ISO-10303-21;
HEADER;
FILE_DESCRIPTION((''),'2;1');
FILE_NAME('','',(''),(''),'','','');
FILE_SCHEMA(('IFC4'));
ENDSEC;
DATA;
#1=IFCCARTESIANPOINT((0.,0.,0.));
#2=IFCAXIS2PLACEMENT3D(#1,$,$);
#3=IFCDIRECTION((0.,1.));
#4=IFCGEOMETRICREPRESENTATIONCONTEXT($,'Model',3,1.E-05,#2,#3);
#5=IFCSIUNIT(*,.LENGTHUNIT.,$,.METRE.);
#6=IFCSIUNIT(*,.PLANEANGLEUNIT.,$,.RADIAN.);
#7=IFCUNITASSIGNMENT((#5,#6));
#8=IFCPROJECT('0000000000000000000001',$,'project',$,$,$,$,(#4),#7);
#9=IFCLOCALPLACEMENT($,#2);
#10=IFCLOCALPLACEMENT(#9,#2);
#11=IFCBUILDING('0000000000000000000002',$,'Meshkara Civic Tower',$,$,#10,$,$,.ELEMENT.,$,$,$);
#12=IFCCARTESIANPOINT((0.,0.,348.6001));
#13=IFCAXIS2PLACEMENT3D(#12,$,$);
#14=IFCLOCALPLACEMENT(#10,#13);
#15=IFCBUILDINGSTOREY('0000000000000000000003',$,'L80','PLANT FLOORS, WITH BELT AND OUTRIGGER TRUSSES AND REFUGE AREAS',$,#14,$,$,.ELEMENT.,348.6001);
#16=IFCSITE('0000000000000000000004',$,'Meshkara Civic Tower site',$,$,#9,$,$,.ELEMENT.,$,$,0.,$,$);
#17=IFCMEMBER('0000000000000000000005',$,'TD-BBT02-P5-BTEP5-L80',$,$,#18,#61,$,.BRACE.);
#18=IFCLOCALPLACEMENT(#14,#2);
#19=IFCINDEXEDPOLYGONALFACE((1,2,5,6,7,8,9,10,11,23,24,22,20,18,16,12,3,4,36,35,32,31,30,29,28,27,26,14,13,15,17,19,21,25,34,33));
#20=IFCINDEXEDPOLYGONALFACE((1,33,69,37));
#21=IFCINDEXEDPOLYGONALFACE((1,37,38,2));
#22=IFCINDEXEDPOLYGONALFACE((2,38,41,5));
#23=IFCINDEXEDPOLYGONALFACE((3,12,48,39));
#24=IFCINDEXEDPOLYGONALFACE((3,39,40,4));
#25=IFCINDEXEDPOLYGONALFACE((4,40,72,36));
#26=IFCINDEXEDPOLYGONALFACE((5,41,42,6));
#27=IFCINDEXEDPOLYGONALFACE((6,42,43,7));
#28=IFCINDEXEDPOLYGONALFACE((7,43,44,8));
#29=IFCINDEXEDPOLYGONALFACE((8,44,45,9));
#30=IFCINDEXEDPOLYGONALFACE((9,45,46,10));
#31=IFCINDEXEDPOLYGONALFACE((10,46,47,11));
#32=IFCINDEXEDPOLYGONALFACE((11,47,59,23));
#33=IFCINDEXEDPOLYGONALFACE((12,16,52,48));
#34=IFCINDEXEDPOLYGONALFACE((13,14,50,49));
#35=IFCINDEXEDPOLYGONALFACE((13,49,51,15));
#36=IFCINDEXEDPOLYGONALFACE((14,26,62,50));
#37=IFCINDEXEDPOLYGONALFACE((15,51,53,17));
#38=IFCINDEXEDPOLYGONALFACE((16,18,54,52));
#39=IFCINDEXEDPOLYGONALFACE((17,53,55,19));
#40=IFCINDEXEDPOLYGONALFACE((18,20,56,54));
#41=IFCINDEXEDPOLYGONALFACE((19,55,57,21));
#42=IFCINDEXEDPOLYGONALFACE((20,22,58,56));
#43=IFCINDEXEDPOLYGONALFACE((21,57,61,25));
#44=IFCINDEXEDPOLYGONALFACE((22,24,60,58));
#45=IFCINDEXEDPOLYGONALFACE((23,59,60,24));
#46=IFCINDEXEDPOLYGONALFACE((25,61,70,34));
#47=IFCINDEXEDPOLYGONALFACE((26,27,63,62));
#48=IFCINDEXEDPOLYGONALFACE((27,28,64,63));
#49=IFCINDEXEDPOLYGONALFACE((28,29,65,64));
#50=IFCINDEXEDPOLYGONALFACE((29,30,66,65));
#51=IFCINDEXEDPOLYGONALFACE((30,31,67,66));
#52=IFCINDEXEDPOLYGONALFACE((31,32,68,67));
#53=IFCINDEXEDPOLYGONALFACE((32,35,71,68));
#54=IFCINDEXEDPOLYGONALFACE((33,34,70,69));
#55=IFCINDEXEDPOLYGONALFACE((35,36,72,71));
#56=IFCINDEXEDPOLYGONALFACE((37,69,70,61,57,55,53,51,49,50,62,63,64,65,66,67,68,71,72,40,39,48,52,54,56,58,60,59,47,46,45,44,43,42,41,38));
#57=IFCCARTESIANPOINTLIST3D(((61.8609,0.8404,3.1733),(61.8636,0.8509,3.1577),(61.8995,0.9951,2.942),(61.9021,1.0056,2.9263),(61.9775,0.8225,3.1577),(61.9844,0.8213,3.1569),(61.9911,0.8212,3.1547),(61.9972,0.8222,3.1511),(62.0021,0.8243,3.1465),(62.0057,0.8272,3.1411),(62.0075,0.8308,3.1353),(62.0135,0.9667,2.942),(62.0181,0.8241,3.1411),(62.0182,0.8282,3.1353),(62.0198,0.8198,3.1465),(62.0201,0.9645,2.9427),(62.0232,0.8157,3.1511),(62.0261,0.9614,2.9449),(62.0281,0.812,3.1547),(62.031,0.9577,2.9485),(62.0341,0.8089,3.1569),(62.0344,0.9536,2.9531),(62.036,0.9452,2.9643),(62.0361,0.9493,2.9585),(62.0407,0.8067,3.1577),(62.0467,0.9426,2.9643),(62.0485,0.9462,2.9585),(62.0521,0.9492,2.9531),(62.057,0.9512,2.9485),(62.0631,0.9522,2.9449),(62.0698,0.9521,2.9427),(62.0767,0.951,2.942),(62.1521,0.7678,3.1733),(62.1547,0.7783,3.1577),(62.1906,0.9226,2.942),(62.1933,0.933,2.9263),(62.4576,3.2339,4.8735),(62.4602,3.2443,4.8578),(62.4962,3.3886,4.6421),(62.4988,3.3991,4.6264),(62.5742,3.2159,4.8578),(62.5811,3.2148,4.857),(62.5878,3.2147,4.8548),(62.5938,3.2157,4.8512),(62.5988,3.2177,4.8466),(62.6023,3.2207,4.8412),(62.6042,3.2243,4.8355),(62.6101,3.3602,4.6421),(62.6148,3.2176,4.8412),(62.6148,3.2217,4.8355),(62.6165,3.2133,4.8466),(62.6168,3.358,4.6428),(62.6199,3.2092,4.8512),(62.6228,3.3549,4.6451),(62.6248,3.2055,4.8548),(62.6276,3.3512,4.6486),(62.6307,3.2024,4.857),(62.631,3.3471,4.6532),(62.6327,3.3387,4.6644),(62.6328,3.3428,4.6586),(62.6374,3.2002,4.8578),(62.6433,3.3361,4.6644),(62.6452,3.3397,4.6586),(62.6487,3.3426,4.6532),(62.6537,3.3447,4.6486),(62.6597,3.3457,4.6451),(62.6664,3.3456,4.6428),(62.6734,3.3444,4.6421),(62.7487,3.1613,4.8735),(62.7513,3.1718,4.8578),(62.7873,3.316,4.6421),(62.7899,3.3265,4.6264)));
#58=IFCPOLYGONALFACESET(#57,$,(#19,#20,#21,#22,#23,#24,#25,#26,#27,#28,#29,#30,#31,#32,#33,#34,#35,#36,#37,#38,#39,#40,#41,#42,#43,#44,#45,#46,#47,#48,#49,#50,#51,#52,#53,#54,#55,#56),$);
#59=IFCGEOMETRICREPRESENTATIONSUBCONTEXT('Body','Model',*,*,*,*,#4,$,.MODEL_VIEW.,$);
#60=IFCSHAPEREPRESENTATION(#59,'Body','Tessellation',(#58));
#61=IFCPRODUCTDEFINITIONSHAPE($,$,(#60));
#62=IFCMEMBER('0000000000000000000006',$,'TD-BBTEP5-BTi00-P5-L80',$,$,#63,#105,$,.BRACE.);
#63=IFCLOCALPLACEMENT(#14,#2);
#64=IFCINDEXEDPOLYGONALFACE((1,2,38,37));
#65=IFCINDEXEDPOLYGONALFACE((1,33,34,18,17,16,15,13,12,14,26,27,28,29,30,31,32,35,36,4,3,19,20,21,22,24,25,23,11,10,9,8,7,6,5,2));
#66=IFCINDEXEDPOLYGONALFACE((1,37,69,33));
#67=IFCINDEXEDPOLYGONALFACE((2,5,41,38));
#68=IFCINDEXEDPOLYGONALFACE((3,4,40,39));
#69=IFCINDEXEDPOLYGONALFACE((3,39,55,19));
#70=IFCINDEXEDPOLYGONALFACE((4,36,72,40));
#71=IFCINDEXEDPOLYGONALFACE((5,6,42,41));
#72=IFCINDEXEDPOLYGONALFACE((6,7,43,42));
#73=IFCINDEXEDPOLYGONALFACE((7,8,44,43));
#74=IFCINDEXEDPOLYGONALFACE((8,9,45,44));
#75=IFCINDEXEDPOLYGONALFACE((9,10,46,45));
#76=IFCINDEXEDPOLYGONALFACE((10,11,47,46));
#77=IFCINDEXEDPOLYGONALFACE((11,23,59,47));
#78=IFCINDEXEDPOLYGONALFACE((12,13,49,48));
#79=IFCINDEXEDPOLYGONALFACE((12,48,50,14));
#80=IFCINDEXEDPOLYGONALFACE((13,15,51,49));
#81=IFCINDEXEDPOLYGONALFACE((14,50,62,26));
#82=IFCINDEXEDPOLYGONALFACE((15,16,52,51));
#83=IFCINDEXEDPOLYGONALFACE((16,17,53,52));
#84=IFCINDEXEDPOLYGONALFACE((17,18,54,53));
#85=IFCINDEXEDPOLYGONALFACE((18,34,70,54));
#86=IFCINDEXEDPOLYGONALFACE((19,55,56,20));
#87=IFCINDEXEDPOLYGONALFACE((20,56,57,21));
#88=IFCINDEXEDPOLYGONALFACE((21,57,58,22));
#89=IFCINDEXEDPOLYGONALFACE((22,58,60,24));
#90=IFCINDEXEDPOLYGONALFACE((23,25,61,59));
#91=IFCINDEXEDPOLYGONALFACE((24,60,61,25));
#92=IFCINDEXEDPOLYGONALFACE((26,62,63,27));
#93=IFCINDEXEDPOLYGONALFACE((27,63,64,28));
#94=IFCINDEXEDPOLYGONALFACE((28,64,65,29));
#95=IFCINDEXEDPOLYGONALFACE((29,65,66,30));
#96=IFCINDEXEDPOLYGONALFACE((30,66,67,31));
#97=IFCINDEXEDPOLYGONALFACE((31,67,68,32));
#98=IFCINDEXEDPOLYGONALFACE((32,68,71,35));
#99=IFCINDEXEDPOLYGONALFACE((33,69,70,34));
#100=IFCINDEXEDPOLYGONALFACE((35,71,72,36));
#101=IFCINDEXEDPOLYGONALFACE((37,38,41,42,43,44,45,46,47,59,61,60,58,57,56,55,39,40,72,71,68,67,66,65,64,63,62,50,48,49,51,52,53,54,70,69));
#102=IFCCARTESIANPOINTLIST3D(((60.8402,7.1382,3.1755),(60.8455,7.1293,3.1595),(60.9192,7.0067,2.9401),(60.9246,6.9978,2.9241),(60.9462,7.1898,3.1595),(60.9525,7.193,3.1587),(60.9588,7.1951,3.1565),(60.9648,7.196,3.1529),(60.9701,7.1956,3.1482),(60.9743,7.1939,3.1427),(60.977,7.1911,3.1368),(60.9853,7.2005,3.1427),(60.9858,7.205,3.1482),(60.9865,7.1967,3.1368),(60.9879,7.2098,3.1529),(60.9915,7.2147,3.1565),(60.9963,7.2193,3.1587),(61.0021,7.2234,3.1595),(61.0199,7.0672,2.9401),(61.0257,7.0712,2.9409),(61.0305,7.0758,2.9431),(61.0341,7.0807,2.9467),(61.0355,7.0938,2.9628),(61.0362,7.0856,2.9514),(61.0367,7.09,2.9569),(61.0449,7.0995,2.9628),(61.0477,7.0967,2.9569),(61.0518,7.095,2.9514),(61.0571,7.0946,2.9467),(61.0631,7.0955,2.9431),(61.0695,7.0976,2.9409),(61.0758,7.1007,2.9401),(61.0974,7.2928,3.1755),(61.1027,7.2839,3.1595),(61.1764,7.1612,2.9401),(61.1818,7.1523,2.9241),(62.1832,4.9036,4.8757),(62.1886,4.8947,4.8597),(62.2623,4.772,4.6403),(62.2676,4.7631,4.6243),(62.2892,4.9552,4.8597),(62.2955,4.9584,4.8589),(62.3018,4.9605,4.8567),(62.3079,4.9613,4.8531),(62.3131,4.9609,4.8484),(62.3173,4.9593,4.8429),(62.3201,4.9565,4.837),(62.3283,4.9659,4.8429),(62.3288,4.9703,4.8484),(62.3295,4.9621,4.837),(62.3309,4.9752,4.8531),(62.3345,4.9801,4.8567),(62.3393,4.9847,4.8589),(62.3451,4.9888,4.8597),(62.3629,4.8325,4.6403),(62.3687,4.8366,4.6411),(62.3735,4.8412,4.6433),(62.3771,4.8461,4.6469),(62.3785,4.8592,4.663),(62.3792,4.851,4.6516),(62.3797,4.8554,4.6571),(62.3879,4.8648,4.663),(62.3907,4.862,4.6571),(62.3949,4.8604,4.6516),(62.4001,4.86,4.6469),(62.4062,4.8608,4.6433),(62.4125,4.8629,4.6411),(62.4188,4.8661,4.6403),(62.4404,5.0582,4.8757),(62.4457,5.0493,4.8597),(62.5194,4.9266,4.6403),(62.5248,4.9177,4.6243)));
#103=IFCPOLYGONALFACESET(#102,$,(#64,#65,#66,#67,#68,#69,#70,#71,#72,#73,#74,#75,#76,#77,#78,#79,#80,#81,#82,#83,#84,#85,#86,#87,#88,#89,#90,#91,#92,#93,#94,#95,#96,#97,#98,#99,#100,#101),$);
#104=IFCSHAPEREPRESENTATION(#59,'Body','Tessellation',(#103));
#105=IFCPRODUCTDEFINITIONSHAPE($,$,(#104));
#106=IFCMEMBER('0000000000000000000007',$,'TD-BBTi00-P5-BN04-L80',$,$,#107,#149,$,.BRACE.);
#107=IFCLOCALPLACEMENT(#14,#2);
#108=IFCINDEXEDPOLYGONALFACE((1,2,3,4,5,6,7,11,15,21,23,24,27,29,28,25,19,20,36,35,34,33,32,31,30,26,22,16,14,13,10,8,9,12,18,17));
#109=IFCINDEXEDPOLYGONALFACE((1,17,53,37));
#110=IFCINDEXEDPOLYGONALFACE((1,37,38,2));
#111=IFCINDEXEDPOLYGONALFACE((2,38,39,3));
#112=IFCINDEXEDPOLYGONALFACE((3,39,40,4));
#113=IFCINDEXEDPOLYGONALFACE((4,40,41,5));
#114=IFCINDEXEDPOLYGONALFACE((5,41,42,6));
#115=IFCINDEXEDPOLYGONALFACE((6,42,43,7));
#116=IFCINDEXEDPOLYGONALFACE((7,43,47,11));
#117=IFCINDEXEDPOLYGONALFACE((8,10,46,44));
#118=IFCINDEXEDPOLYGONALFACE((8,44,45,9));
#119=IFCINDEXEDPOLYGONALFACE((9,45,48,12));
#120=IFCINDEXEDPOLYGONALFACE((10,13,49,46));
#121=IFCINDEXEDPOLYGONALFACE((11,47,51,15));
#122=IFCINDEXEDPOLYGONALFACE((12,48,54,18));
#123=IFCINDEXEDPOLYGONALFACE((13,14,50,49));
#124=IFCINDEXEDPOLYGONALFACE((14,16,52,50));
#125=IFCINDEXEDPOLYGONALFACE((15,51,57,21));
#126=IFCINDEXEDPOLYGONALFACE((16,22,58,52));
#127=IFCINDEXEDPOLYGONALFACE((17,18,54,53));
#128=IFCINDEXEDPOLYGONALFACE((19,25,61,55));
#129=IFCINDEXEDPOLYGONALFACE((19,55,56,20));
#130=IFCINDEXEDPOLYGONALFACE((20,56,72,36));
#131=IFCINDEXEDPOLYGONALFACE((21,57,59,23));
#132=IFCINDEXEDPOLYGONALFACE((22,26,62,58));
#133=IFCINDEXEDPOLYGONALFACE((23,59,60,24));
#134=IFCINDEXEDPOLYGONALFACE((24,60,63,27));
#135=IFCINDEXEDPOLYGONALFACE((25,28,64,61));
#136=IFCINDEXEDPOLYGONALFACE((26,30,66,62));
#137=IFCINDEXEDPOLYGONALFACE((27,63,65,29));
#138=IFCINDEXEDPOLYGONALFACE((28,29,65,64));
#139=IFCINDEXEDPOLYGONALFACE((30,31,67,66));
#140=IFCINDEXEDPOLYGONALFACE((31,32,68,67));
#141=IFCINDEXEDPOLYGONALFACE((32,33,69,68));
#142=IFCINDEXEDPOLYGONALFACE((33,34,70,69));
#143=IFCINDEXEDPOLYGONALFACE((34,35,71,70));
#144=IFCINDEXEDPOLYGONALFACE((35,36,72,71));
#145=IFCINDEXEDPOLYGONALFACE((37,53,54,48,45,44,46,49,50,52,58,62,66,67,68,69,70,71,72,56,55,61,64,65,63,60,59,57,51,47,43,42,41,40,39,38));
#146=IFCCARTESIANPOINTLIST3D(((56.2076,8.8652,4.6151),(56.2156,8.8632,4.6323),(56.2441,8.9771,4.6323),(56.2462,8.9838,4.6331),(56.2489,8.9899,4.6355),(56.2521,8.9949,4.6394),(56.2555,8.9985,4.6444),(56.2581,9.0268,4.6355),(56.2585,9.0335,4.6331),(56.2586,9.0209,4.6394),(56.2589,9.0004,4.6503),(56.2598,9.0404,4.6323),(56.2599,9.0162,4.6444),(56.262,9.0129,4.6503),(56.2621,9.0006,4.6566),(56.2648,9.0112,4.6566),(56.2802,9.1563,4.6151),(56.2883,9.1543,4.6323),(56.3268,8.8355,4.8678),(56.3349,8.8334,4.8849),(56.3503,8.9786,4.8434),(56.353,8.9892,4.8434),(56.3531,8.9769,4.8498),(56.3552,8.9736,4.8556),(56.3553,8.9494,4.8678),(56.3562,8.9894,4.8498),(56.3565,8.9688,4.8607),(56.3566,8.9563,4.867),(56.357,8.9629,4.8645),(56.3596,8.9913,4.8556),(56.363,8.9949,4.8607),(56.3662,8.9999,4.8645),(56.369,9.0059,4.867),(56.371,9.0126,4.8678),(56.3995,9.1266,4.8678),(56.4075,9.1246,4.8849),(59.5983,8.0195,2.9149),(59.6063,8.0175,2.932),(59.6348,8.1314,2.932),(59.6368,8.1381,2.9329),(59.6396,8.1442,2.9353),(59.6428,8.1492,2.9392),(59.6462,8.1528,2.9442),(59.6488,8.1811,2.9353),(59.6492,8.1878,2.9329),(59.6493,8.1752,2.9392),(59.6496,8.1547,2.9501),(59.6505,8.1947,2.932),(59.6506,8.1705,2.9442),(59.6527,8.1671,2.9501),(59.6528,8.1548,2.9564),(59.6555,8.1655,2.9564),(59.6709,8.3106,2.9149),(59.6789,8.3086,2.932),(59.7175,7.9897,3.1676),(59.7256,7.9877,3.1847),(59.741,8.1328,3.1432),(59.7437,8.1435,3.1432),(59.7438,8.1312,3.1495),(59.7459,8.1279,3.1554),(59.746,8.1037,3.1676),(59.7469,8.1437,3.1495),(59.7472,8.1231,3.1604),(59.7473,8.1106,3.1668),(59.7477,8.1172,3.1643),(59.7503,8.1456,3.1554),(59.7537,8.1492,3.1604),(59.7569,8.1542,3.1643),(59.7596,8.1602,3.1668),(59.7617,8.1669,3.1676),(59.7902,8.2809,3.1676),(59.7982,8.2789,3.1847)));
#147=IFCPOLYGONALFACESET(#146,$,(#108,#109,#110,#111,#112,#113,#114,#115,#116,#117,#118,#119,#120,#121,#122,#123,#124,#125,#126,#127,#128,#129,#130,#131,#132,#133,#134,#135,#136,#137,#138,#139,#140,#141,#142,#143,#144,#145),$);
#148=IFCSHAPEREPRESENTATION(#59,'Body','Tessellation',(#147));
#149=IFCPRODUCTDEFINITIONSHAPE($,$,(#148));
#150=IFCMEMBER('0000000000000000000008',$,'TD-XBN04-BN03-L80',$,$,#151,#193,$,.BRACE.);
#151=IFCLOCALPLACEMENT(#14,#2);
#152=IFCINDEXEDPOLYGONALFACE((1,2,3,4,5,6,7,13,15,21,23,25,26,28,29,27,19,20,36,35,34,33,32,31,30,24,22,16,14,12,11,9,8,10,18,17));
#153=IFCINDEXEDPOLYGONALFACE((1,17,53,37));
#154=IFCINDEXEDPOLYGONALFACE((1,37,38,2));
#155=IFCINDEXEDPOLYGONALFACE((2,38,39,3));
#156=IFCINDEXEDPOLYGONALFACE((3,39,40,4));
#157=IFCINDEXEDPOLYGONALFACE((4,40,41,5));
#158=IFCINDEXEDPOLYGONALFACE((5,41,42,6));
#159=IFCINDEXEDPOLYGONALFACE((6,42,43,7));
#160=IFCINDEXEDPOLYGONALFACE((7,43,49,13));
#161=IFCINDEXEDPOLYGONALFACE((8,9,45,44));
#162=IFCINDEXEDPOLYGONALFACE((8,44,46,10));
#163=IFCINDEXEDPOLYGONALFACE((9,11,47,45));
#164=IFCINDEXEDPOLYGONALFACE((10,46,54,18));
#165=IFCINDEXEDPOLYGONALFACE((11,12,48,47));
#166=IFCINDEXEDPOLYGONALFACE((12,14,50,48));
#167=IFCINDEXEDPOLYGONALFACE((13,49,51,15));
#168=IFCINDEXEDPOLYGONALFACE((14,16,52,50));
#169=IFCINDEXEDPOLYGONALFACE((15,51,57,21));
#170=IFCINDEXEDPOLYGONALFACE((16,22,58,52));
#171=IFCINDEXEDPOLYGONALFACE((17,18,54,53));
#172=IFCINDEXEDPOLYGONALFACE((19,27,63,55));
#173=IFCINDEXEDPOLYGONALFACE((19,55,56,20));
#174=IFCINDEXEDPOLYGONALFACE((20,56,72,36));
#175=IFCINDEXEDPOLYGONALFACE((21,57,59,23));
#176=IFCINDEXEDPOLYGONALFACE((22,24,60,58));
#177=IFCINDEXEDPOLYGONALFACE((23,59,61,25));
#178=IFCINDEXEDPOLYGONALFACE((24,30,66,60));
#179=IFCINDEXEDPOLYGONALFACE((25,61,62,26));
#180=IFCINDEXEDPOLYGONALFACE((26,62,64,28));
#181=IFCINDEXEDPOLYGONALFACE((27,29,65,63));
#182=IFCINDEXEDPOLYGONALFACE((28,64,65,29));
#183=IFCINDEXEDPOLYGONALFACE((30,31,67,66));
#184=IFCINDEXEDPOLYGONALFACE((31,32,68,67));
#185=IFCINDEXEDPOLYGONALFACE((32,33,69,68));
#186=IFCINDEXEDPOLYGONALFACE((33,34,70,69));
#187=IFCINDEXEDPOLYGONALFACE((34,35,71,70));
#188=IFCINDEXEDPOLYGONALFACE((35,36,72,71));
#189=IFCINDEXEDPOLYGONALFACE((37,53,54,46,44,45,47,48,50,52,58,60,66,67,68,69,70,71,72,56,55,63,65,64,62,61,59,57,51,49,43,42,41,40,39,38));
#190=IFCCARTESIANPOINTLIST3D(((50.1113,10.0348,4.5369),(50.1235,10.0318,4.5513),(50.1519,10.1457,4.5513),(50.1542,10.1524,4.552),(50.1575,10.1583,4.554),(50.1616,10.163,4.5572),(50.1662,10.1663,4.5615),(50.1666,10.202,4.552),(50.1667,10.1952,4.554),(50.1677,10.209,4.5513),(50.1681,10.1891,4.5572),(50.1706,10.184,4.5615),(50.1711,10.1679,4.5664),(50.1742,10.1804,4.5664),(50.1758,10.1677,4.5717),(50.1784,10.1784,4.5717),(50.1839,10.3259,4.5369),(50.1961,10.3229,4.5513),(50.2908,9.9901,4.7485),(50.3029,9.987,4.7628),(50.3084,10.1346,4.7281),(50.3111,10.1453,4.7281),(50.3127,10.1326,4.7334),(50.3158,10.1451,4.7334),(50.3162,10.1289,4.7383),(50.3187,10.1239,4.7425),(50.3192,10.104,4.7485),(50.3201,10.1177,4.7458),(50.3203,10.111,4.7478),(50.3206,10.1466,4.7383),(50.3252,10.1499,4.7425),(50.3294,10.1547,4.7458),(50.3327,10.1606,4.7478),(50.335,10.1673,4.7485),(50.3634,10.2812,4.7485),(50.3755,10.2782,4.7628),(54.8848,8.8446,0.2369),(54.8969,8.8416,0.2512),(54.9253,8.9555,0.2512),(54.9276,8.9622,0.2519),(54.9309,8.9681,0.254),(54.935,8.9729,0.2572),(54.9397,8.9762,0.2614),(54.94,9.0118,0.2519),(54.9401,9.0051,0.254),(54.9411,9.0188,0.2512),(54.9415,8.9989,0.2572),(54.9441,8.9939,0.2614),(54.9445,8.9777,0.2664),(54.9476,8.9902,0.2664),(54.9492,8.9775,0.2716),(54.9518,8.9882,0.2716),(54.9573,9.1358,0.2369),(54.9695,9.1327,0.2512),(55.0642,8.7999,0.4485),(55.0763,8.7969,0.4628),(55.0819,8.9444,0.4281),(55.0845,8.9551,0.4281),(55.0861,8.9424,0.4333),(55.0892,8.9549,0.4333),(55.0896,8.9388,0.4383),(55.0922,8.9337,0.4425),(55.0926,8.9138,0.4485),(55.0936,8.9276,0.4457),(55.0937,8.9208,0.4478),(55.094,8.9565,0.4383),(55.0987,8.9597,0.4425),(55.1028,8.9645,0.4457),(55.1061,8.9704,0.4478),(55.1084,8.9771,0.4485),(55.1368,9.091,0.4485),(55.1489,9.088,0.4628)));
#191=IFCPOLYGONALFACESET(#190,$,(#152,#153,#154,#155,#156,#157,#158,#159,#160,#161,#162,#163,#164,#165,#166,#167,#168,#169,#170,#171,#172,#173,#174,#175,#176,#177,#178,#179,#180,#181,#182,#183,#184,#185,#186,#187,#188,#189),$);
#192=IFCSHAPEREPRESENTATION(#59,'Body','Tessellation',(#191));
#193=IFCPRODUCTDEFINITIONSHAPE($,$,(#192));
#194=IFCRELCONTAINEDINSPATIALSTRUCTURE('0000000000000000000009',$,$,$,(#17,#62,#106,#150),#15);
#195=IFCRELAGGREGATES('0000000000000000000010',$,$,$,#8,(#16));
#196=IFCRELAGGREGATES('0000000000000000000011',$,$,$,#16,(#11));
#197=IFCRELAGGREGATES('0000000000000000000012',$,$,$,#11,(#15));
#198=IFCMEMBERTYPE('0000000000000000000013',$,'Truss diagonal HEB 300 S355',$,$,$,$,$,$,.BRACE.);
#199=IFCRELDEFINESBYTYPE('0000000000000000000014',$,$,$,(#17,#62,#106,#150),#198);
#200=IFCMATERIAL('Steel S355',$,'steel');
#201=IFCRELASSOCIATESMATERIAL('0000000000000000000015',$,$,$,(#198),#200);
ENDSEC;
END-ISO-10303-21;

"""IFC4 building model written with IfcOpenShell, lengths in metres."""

from ifc_helpers import new_model, si_unit, direction, frame, origin, origin_2d, place, context, subcontext, project, spatial, i_section, extrude, material, material_profile, profile_set, type_object, element, save


model = new_model("IFC4")

# Units and contexts
model_context = context("Model", 3, precision=1e-05, world=origin(), true_north=direction((0.0, 1.0)))
body_context = subcontext(model_context, "Body", "Model", "MODEL_VIEW")
ifc_project = project(units=[si_unit("LENGTHUNIT", "METRE"), si_unit("PLANEANGLEUNIT", "RADIAN")], contexts=[model_context])

# Site, building, storey
site_placement = place(None, origin())
site = spatial("IfcSite", under=ifc_project, at=site_placement, Name="Meshkara Civic Tower site", CompositionType="ELEMENT", RefElevation=0.0)
building_placement = place(site_placement, origin())
building = spatial("IfcBuilding", under=site, at=building_placement, Name="Meshkara Civic Tower", CompositionType="ELEMENT")
storey_placement = place(building_placement, frame((0.0, 0.0, 348.6001)))
storey = spatial("IfcBuildingStorey", under=building, at=storey_placement, Name="L80", Description="PLANT FLOORS, WITH BELT AND OUTRIGGER TRUSSES AND REFUGE AREAS", CompositionType="ELEMENT", Elevation=348.6001)

# Members
ifc_material_1 = material(Name="Steel S355", Category="steel")
ifc_material_profile_1 = material_profile(ifc_material_1, i_section(OverallWidth=0.3, OverallDepth=0.3, WebThickness=0.011, FlangeThickness=0.019, FilletRadius=0.0271, at=origin_2d()))
ifc_profile_set_1 = profile_set([ifc_material_profile_1], Name="Steel S355")
member_type = type_object("IfcMemberType", Name="Truss diagonal HEB 300 S355", PredefinedType="BRACE", material=ifc_profile_set_1)
member_1_placement = place(storey_placement, frame((62.0271, 0.8867, 3.0498), z_axis=(0.199161, 0.798927, 0.567495), x_axis=(-0.970305, 0.241884, 0.0)))
element("IfcMember", 1, at=member_1_placement, inside=storey, type_object=member_type, Name="TD-BBT02-P5-BTEP5-L80", PredefinedType="BRACE", context=body_context, shape_type="SweptSolid", body=[
    extrude(i_section(OverallWidth=0.3, OverallDepth=0.3, WebThickness=0.011, FlangeThickness=0.019, FilletRadius=0.0271, at=origin_2d()), origin(), (0.0, 0.0, 1.0), 2.9958),
])
member_2_placement = place(storey_placement, frame((62.354, 4.9106, 4.75), z_axis=(-0.431487, 0.717942, -0.546241), x_axis=(-0.857113, -0.515129, 0.0)))
element("IfcMember", 2, at=member_2_placement, inside=storey, type_object=member_type, Name="TD-BBTEP5-BTi00-P5-L80", PredefinedType="BRACE", context=body_context, shape_type="SweptSolid", body=[
    extrude(i_section(OverallWidth=0.3, OverallDepth=0.3, WebThickness=0.011, FlangeThickness=0.019, FilletRadius=0.0271, at=origin_2d()), origin(), (0.0, 0.0, 1.0), 3.1125),
])
member_3_placement = place(storey_placement, frame((59.6982, 8.1492, 3.0498), z_axis=(-0.872488, 0.217619, 0.4375), x_axis=(-0.24201, -0.970274, 0.0)))
element("IfcMember", 3, at=member_3_placement, inside=storey, type_object=member_type, Name="TD-BBTi00-P5-BN04-L80", PredefinedType="BRACE", context=body_context, shape_type="SweptSolid", body=[
    extrude(i_section(OverallWidth=0.3, OverallDepth=0.3, WebThickness=0.011, FlangeThickness=0.019, FilletRadius=0.0271, at=origin_2d()), origin(), (0.0, 0.0, 1.0), 3.8862),
])
member_4_placement = place(storey_placement, frame((55.0168, 8.9663, 0.3499), z_axis=(-0.730558, 0.182154, 0.658107), x_axis=(-0.241928, -0.970294, 0.0)))
element("IfcMember", 4, at=member_4_placement, inside=storey, type_object=member_type, Name="TD-XBN04-BN03-L80", PredefinedType="BRACE", context=body_context, shape_type="SweptSolid", body=[
    extrude(i_section(OverallWidth=0.3, OverallDepth=0.3, WebThickness=0.011, FlangeThickness=0.019, FilletRadius=0.0271, at=origin_2d()), origin(), (0.0, 0.0, 1.0), 6.5339),
])

save(model, "model.ifc")
